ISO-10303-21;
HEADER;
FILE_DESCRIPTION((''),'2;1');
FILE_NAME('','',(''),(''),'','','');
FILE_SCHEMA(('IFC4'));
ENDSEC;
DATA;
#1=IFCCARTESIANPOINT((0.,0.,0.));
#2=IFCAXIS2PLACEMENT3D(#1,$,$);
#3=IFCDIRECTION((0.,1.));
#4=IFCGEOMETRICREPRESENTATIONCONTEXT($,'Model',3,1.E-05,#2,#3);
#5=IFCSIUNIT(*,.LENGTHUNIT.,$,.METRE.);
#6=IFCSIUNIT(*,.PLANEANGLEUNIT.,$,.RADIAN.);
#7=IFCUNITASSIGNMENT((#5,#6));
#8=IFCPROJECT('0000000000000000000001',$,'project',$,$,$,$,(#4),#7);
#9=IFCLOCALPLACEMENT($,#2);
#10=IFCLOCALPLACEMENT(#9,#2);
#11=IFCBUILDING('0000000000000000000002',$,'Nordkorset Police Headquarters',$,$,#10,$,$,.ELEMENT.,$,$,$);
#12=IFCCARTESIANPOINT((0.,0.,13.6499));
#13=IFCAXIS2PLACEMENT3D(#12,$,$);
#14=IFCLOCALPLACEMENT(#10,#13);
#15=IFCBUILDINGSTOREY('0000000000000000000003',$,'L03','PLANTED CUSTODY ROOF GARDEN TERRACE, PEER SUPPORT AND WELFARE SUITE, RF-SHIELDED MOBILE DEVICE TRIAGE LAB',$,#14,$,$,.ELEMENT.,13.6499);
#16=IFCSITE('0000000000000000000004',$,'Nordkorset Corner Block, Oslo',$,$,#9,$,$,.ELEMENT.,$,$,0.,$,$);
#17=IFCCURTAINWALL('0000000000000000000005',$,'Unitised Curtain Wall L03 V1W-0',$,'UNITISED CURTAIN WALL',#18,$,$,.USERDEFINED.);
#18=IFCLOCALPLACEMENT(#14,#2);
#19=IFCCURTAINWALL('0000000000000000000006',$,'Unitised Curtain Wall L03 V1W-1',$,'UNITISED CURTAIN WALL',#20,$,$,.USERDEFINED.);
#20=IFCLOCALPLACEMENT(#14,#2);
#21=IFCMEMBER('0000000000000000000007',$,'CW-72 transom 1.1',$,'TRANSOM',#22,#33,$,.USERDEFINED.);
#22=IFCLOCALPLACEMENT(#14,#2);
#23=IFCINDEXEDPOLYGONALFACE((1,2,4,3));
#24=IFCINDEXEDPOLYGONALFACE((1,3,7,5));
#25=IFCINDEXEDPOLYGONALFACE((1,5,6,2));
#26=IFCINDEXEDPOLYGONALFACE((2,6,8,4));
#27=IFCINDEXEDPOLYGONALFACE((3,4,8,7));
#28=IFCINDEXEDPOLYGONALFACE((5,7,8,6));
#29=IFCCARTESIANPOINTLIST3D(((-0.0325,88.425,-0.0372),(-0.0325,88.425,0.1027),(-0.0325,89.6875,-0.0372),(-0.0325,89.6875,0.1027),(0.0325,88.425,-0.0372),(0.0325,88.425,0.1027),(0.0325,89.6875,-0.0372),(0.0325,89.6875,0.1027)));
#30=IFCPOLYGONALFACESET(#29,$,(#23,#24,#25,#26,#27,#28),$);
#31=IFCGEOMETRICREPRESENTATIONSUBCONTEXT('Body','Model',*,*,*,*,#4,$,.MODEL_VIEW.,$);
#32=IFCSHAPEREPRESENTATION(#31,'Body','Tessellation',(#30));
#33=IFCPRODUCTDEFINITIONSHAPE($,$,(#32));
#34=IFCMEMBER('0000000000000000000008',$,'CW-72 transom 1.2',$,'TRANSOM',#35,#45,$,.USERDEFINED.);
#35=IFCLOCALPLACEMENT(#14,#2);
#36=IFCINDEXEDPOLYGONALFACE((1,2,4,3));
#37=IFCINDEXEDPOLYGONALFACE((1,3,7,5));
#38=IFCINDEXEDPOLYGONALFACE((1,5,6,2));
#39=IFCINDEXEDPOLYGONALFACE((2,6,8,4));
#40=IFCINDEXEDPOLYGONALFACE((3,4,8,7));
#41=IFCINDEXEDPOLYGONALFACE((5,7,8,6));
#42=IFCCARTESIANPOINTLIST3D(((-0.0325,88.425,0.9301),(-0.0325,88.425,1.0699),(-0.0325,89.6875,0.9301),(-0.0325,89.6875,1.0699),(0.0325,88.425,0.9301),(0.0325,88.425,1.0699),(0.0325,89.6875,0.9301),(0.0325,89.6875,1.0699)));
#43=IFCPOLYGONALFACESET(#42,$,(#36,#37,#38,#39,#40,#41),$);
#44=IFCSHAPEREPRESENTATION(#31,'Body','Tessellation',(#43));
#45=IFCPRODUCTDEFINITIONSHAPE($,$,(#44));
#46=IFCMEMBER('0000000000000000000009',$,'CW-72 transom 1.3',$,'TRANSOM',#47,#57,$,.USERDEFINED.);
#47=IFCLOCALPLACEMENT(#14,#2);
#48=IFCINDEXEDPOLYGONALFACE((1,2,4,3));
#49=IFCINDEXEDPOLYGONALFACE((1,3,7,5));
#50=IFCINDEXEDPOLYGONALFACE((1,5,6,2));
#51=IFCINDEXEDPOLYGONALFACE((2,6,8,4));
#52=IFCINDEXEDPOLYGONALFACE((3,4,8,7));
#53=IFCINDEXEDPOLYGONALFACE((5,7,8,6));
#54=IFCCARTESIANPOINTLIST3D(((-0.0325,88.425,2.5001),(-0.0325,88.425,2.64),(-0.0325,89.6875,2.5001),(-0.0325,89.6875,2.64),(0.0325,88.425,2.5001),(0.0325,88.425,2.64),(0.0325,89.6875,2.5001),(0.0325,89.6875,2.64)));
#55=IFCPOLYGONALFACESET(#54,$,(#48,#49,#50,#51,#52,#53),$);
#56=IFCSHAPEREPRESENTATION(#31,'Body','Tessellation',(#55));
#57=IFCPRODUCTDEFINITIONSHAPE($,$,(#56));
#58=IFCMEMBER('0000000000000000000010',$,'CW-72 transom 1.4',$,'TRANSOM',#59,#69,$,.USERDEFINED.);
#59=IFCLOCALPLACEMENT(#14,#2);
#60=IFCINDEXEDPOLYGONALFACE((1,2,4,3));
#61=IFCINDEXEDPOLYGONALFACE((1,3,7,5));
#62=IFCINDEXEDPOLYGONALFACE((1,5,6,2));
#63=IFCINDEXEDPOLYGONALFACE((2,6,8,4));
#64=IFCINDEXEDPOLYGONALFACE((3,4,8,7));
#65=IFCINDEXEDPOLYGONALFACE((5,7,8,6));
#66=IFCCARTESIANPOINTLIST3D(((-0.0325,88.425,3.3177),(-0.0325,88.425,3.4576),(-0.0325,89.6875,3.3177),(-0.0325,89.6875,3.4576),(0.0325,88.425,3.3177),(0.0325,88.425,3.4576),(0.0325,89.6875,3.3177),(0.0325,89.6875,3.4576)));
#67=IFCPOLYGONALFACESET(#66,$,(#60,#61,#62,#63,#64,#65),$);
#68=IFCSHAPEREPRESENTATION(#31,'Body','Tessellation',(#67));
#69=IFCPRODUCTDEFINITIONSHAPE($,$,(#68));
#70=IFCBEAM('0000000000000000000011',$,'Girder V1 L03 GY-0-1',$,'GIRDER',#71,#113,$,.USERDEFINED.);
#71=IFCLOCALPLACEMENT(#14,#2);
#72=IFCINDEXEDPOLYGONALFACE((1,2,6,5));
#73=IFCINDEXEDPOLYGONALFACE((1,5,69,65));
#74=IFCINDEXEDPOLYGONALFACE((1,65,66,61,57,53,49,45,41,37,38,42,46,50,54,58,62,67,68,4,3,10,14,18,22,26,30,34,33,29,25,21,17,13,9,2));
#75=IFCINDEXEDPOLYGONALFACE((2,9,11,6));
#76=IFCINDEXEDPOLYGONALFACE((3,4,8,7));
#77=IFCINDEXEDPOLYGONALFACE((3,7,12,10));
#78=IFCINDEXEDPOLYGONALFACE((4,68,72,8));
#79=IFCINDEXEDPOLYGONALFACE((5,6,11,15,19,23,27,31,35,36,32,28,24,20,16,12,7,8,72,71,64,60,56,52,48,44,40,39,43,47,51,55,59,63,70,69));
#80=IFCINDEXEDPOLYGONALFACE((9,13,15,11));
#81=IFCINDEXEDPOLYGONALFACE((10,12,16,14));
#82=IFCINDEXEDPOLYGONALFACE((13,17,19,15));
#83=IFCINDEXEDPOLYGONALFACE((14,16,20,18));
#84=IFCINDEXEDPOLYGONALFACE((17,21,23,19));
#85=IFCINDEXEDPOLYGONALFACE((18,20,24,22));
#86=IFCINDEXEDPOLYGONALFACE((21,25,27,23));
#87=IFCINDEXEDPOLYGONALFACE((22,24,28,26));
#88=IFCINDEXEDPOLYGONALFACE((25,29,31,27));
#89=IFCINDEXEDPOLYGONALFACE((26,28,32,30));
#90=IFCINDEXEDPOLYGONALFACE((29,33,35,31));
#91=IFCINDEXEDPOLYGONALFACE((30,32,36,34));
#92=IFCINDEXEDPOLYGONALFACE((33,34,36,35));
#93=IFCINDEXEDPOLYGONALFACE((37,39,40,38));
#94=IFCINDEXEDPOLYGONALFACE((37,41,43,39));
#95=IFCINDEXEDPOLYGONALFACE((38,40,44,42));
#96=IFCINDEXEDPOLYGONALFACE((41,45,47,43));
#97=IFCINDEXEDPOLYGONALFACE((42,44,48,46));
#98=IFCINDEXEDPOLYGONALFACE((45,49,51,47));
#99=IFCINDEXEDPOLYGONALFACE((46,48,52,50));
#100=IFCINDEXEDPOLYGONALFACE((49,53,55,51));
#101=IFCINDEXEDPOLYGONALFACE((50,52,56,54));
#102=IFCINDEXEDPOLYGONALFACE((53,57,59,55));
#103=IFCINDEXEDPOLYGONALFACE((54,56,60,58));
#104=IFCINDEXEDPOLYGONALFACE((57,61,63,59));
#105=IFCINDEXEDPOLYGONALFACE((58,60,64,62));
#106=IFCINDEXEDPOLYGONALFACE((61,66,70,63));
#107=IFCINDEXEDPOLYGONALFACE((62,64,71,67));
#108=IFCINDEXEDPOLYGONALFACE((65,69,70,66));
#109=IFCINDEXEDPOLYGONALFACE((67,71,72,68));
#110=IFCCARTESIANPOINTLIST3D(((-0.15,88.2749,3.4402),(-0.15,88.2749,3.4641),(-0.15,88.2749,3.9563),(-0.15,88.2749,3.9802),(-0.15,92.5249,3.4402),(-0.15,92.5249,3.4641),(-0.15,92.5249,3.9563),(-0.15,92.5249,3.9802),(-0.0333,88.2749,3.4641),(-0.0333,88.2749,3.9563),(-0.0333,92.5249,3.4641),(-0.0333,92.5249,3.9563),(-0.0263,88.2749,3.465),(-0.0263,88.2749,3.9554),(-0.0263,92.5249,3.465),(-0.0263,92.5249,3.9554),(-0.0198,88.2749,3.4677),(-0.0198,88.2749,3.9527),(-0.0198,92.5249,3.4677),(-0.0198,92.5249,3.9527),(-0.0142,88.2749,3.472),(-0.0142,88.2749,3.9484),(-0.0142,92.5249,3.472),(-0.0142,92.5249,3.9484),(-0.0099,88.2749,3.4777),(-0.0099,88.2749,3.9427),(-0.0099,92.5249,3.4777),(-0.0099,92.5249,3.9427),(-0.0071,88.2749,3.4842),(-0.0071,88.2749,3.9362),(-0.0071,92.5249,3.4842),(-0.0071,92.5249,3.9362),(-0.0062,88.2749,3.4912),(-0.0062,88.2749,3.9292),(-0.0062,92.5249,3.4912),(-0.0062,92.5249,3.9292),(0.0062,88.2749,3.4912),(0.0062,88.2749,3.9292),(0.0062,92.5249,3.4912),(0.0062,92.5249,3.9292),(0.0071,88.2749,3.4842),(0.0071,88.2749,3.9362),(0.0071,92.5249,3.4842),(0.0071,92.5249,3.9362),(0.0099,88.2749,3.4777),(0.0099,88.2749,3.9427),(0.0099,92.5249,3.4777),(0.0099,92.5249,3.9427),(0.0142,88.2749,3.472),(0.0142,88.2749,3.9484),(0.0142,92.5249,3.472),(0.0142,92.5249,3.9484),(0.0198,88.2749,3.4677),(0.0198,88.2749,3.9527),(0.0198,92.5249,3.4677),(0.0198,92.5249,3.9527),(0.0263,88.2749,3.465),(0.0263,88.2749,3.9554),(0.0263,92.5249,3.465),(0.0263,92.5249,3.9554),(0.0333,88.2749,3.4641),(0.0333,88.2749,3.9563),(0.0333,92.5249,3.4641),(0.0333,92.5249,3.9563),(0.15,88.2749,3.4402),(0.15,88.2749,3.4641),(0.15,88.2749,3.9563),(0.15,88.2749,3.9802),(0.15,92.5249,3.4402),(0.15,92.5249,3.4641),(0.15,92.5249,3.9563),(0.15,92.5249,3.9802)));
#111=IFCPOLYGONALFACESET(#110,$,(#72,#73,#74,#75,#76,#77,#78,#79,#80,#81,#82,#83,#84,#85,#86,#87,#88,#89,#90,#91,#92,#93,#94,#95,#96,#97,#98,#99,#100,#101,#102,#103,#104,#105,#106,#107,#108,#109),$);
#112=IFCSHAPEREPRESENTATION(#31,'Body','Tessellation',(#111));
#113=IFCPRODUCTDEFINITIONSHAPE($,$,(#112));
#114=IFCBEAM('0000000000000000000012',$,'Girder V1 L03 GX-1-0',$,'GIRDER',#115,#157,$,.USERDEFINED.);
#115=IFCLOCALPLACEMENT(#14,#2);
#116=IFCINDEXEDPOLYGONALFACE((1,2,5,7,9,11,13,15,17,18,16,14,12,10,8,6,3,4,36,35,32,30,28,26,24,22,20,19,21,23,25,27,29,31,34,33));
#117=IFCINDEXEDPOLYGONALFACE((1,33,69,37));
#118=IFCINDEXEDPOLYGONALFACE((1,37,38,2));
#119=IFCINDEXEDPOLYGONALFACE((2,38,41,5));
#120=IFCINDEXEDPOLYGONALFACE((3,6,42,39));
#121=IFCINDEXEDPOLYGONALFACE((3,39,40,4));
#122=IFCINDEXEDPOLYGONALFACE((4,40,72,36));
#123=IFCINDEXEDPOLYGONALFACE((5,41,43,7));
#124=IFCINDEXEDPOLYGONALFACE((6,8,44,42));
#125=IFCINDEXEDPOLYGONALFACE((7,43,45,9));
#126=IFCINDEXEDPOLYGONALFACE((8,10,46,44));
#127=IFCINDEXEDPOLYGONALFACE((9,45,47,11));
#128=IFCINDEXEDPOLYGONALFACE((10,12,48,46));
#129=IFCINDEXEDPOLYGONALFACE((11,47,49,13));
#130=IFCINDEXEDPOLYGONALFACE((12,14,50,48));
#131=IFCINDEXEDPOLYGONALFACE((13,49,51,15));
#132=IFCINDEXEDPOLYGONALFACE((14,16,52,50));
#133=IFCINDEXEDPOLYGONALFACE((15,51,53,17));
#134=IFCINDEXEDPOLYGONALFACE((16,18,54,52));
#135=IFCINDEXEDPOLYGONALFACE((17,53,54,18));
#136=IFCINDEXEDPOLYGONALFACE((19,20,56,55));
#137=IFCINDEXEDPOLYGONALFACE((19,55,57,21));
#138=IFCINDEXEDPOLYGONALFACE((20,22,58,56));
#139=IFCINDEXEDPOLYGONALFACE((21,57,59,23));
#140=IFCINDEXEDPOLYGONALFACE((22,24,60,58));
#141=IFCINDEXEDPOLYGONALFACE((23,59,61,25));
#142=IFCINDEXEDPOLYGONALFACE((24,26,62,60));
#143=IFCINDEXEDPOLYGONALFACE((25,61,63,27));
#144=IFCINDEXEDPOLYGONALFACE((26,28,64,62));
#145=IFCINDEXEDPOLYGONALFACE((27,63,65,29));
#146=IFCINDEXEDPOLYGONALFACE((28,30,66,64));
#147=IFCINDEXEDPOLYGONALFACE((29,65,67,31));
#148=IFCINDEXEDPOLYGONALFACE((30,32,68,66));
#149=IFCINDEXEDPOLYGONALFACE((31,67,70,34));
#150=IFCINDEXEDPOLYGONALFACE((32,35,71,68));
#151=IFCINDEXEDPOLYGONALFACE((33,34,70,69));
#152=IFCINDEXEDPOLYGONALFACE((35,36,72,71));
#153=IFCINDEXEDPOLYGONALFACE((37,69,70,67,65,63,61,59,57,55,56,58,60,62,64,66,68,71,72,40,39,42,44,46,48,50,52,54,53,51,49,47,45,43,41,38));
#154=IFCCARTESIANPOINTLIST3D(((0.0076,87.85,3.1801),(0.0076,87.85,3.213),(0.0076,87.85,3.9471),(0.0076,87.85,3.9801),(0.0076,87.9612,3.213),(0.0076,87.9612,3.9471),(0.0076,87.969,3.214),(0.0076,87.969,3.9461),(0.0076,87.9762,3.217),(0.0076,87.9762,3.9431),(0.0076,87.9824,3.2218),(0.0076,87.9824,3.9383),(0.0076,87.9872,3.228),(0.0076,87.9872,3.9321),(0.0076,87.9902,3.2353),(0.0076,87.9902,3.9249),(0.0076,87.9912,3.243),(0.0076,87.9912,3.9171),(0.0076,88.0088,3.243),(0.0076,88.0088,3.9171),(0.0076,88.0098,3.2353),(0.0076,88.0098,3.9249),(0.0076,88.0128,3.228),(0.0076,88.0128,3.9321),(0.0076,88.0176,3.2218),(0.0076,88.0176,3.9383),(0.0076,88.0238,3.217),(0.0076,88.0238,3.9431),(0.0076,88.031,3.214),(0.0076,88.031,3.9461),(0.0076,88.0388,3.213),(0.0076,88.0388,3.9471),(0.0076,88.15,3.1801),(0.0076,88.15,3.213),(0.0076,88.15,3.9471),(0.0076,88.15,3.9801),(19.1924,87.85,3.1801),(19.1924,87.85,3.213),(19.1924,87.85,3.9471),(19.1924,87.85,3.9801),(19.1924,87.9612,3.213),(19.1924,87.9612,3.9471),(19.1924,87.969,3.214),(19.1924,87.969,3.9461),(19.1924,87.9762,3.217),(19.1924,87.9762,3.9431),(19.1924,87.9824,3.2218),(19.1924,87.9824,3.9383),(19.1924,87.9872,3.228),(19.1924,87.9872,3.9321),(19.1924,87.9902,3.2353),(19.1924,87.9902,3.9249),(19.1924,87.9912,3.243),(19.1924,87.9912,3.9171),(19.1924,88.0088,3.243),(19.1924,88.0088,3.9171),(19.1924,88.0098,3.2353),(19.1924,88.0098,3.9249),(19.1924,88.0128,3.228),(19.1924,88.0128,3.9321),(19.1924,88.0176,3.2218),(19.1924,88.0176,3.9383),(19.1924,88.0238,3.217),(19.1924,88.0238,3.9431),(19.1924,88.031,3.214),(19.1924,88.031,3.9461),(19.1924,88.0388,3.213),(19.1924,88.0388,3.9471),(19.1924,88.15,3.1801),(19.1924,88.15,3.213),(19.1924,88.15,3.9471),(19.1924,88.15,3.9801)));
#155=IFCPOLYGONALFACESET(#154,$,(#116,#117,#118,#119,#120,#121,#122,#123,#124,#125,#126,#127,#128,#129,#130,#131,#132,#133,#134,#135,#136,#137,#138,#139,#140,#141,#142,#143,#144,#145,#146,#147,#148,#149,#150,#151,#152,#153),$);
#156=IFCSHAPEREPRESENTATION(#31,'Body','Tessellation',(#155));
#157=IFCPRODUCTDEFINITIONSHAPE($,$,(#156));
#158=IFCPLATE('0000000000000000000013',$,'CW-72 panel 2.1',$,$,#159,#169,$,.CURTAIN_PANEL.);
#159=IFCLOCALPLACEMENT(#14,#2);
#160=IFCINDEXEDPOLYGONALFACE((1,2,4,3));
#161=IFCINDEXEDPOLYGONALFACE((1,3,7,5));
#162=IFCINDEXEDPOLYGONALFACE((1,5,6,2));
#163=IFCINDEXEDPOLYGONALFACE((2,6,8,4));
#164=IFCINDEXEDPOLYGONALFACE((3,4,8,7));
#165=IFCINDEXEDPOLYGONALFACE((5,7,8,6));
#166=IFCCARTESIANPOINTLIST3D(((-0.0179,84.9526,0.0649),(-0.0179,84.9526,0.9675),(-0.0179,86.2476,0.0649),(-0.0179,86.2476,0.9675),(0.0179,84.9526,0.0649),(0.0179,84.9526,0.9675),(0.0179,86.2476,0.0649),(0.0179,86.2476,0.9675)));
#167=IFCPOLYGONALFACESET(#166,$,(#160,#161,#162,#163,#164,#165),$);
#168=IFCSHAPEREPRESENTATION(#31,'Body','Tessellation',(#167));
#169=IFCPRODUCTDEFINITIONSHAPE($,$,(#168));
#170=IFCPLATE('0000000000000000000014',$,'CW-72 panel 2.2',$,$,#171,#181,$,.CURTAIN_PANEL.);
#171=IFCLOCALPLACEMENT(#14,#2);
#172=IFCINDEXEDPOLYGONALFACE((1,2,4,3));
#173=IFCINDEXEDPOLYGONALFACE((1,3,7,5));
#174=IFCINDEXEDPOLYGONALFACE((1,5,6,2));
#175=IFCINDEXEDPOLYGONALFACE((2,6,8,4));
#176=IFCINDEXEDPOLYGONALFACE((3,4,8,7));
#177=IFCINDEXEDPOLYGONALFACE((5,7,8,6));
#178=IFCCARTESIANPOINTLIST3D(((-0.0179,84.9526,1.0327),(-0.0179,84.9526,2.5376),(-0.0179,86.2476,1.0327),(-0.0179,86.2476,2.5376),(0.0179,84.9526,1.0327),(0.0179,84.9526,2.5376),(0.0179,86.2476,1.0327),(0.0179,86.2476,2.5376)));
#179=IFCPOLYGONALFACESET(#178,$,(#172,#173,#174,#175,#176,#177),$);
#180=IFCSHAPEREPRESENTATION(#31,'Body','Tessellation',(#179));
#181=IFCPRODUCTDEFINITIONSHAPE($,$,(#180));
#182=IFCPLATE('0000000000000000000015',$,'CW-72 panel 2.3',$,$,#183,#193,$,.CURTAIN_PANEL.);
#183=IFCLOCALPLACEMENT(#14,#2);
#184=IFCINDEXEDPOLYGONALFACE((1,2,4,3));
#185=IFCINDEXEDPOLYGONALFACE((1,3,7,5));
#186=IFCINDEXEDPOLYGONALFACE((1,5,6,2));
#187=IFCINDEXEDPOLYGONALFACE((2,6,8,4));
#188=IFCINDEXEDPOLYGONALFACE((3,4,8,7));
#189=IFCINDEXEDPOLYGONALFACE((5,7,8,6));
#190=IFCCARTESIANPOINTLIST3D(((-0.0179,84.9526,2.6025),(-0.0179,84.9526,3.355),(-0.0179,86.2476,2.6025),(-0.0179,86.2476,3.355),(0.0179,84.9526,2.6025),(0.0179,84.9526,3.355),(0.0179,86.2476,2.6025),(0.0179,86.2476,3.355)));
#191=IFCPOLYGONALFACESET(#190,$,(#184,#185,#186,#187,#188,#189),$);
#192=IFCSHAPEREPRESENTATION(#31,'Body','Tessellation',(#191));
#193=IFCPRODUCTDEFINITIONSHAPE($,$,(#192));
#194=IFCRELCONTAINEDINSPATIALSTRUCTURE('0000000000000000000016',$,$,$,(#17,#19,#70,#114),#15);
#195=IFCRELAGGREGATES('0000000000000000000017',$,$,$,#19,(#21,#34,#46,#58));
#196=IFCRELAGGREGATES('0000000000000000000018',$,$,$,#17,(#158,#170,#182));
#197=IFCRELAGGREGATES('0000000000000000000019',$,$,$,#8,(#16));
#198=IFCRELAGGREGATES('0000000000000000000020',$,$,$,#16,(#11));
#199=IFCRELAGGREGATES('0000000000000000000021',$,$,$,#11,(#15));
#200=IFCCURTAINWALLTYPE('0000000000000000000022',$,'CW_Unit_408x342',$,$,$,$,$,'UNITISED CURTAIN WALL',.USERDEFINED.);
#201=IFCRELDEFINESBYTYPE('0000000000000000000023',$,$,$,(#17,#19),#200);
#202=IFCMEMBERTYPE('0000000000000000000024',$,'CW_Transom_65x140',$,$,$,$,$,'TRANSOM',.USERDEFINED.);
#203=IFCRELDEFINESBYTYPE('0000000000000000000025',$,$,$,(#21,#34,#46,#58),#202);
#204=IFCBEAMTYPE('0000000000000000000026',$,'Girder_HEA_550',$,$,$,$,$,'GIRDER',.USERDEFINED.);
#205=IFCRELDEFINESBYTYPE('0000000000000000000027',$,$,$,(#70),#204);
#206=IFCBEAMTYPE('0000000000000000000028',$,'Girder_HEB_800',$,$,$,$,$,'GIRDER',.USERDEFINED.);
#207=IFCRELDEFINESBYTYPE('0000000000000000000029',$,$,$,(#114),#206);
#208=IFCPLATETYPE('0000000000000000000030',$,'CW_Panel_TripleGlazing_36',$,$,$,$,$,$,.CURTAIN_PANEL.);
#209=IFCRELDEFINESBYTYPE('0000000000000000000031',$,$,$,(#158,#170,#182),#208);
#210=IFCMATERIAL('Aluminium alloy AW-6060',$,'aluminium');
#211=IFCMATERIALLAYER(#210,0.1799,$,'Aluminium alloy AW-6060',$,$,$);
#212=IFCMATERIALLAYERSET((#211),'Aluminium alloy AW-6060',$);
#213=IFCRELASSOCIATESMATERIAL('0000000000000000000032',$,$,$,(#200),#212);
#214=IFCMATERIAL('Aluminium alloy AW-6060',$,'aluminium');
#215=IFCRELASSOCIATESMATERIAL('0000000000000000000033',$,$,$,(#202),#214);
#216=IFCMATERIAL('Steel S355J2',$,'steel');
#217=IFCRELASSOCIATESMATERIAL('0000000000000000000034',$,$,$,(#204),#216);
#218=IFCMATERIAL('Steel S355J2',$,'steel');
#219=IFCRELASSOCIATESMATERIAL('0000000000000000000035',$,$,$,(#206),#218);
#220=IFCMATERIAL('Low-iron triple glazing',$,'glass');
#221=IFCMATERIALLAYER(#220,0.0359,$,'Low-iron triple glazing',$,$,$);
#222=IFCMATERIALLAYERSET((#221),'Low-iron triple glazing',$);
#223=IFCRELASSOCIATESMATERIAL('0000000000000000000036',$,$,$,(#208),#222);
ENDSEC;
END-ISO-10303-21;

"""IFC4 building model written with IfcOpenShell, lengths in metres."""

from ifc_helpers import new_model, si_unit, direction, frame, origin, origin_2d, place, context, subcontext, project, spatial, rectangle, i_section, extrude, material, layer, layer_set, material_profile, profile_set, type_object, element, aggregate, save


model = new_model("IFC4")

# Units and contexts
model_context = context("Model", 3, precision=1e-05, world=origin(), true_north=direction((0.0, 1.0)))
body_context = subcontext(model_context, "Body", "Model", "MODEL_VIEW")
ifc_project = project(units=[si_unit("LENGTHUNIT", "METRE"), si_unit("PLANEANGLEUNIT", "RADIAN")], contexts=[model_context])

# Site, building, storey
site_placement = place(None, origin())
site = spatial("IfcSite", under=ifc_project, at=site_placement, Name="Nordkorset Corner Block, Oslo", CompositionType="ELEMENT", RefElevation=0.0)
building_placement = place(site_placement, origin())
building = spatial("IfcBuilding", under=site, at=building_placement, Name="Nordkorset Police Headquarters", CompositionType="ELEMENT")
storey_placement = place(building_placement, frame((0.0, 0.0, 13.6499)))
storey = spatial("IfcBuildingStorey", under=building, at=storey_placement, Name="L03", Description="PLANTED CUSTODY ROOF GARDEN TERRACE, PEER SUPPORT AND WELFARE SUITE, RF-SHIELDED MOBILE DEVICE TRIAGE LAB", CompositionType="ELEMENT", Elevation=13.6499)

# Curtain wall
ifc_material_1 = material(Name="Aluminium alloy AW-6060", Category="aluminium")
ifc_layer_1 = layer(ifc_material_1, 0.1799, Name="Aluminium alloy AW-6060")
ifc_layer_set_1 = layer_set([ifc_layer_1], Name="Aluminium alloy AW-6060")
curtain_wall_type = type_object("IfcCurtainWallType", Name="CW_Unit_408x342", ElementType="UNITISED CURTAIN WALL", PredefinedType="USERDEFINED", material=ifc_layer_set_1)
curtain_wall_1_placement = place(storey_placement, origin())
curtain_wall_1 = element("IfcCurtainWall", 1, at=curtain_wall_1_placement, inside=storey, type_object=curtain_wall_type, Name="Unitised Curtain Wall L03 V1W-0", ObjectType="UNITISED CURTAIN WALL", PredefinedType="USERDEFINED")

# Curtain wall
curtain_wall_2_placement = place(storey_placement, origin())
curtain_wall_2 = element("IfcCurtainWall", 2, at=curtain_wall_2_placement, inside=storey, type_object=curtain_wall_type, Name="Unitised Curtain Wall L03 V1W-1", ObjectType="UNITISED CURTAIN WALL", PredefinedType="USERDEFINED")

# Members
ifc_material_2 = material(Name="Aluminium alloy AW-6060", Category="aluminium")
ifc_material_profile_1 = material_profile(ifc_material_2, rectangle(XDim=0.0649, YDim=0.1399, at=origin_2d()), Name="ALU TRAN 65x140")
ifc_profile_set_1 = profile_set([ifc_material_profile_1], Name="Aluminium alloy AW-6060")
member_type_1 = type_object("IfcMemberType", Name="CW_Transom_65x140", ElementType="TRANSOM", PredefinedType="USERDEFINED", material=ifc_profile_set_1)
member_1_placement = place(storey_placement, frame((0.0, 88.425, 0.0327), z_axis=(0.0, 1.0, 0.0), x_axis=(-1.0, 0.0, 0.0)))
member_1 = element("IfcMember", 3, at=member_1_placement, type_object=member_type_1, Name="CW-72 transom 1.1", ObjectType="TRANSOM", PredefinedType="USERDEFINED", context=body_context, shape_type="SweptSolid", body=[
    extrude(rectangle(XDim=0.0649, YDim=0.1399, at=origin_2d()), origin(), (0.0, 0.0, 1.0), 1.2625),
])
member_2_placement = place(storey_placement, frame((0.0, 88.425, 1.0), z_axis=(0.0, 1.0, 0.0), x_axis=(-1.0, 0.0, 0.0)))
member_2 = element("IfcMember", 4, at=member_2_placement, type_object=member_type_1, Name="CW-72 transom 1.2", ObjectType="TRANSOM", PredefinedType="USERDEFINED", context=body_context, shape_type="SweptSolid", body=[
    extrude(rectangle(XDim=0.0649, YDim=0.1399, at=origin_2d()), origin(), (0.0, 0.0, 1.0), 1.2625),
])
member_3_placement = place(storey_placement, frame((0.0, 88.425, 2.5701), z_axis=(0.0, 1.0, 0.0), x_axis=(-1.0, 0.0, 0.0)))
member_3 = element("IfcMember", 5, at=member_3_placement, type_object=member_type_1, Name="CW-72 transom 1.3", ObjectType="TRANSOM", PredefinedType="USERDEFINED", context=body_context, shape_type="SweptSolid", body=[
    extrude(rectangle(XDim=0.0649, YDim=0.1399, at=origin_2d()), origin(), (0.0, 0.0, 1.0), 1.2625),
])
member_4_placement = place(storey_placement, frame((0.0, 88.425, 3.3877), z_axis=(0.0, 1.0, 0.0), x_axis=(-1.0, 0.0, 0.0)))
member_4 = element("IfcMember", 6, at=member_4_placement, type_object=member_type_1, Name="CW-72 transom 1.4", ObjectType="TRANSOM", PredefinedType="USERDEFINED", context=body_context, shape_type="SweptSolid", body=[
    extrude(rectangle(XDim=0.0649, YDim=0.1399, at=origin_2d()), origin(), (0.0, 0.0, 1.0), 1.2625),
])
aggregate(curtain_wall_2, [member_1, member_2, member_3, member_4])

# Beams
ifc_material_3 = material(Name="Steel S355J2", Category="steel")
ifc_material_profile_2 = material_profile(ifc_material_3, i_section(OverallWidth=0.3, OverallDepth=0.54, WebThickness=0.0125, FlangeThickness=0.0239, FilletRadius=0.0271, at=origin_2d()), Name="HEA 550")
ifc_profile_set_2 = profile_set([ifc_material_profile_2], Name="Steel S355J2")
beam_type_1 = type_object("IfcBeamType", Name="Girder_HEA_550", ElementType="GIRDER", PredefinedType="USERDEFINED", material=ifc_profile_set_2)
beam_1_placement = place(storey_placement, frame((0.0, 88.2749, 3.7102), z_axis=(0.0, 1.0, 0.0), x_axis=(-1.0, 0.0, 0.0)))
element("IfcBeam", 7, at=beam_1_placement, inside=storey, type_object=beam_type_1, Name="Girder V1 L03 GY-0-1", ObjectType="GIRDER", PredefinedType="USERDEFINED", context=body_context, shape_type="SweptSolid", body=[
    extrude(i_section(OverallWidth=0.3, OverallDepth=0.54, WebThickness=0.0125, FlangeThickness=0.0239, FilletRadius=0.0271, at=origin_2d()), origin(), (0.0, 0.0, 1.0), 4.25),
])
ifc_material_4 = material(Name="Steel S355J2", Category="steel")
ifc_material_profile_3 = material_profile(ifc_material_4, i_section(OverallWidth=0.3, OverallDepth=0.8, WebThickness=0.0176, FlangeThickness=0.033, FilletRadius=0.03, at=origin_2d()), Name="HEB 800")
ifc_profile_set_3 = profile_set([ifc_material_profile_3], Name="Steel S355J2")
beam_type_2 = type_object("IfcBeamType", Name="Girder_HEB_800", ElementType="GIRDER", PredefinedType="USERDEFINED", material=ifc_profile_set_3)
beam_2_placement = place(storey_placement, frame((0.0076, 88.0, 3.5801), z_axis=(1.0, 0.0, 0.0), x_axis=(0.0, 1.0, 0.0)))
element("IfcBeam", 8, at=beam_2_placement, inside=storey, type_object=beam_type_2, Name="Girder V1 L03 GX-1-0", ObjectType="GIRDER", PredefinedType="USERDEFINED", context=body_context, shape_type="SweptSolid", body=[
    extrude(i_section(OverallWidth=0.3, OverallDepth=0.8, WebThickness=0.0176, FlangeThickness=0.033, FilletRadius=0.03, at=origin_2d()), origin(), (0.0, 0.0, 1.0), 19.1848),
])

# Plates
ifc_material_5 = material(Name="Low-iron triple glazing", Category="glass")
ifc_layer_2 = layer(ifc_material_5, 0.0359, Name="Low-iron triple glazing")
ifc_layer_set_2 = layer_set([ifc_layer_2], Name="Low-iron triple glazing")
plate_type = type_object("IfcPlateType", Name="CW_Panel_TripleGlazing_36", PredefinedType="CURTAIN_PANEL", material=ifc_layer_set_2)
plate_1_placement = place(storey_placement, frame((0.0, 85.6001, 0.0649), z_axis=(0.0, 0.0, 1.0), x_axis=(0.0, 1.0, 0.0)))
plate_1 = element("IfcPlate", 9, at=plate_1_placement, type_object=plate_type, Name="CW-72 panel 2.1", PredefinedType="CURTAIN_PANEL", context=body_context, shape_type="SweptSolid", body=[
    extrude(rectangle(XDim=1.2949, YDim=0.0359, at=origin_2d()), origin(), (0.0, 0.0, 1.0), 0.9026),
])
plate_2_placement = place(storey_placement, frame((0.0, 85.6001, 1.0327), z_axis=(0.0, 0.0, 1.0), x_axis=(0.0, 1.0, 0.0)))
plate_2 = element("IfcPlate", 10, at=plate_2_placement, type_object=plate_type, Name="CW-72 panel 2.2", PredefinedType="CURTAIN_PANEL", context=body_context, shape_type="SweptSolid", body=[
    extrude(rectangle(XDim=1.2949, YDim=0.0359, at=origin_2d()), origin(), (0.0, 0.0, 1.0), 1.5049),
])
plate_3_placement = place(storey_placement, frame((0.0, 85.6001, 2.6025), z_axis=(0.0, 0.0, 1.0), x_axis=(0.0, 1.0, 0.0)))
plate_3 = element("IfcPlate", 11, at=plate_3_placement, type_object=plate_type, Name="CW-72 panel 2.3", PredefinedType="CURTAIN_PANEL", context=body_context, shape_type="SweptSolid", body=[
    extrude(rectangle(XDim=1.2949, YDim=0.0359, at=origin_2d()), origin(), (0.0, 0.0, 1.0), 0.7524),
])
aggregate(curtain_wall_1, [plate_1, plate_2, plate_3])

save(model, "model.ifc")
